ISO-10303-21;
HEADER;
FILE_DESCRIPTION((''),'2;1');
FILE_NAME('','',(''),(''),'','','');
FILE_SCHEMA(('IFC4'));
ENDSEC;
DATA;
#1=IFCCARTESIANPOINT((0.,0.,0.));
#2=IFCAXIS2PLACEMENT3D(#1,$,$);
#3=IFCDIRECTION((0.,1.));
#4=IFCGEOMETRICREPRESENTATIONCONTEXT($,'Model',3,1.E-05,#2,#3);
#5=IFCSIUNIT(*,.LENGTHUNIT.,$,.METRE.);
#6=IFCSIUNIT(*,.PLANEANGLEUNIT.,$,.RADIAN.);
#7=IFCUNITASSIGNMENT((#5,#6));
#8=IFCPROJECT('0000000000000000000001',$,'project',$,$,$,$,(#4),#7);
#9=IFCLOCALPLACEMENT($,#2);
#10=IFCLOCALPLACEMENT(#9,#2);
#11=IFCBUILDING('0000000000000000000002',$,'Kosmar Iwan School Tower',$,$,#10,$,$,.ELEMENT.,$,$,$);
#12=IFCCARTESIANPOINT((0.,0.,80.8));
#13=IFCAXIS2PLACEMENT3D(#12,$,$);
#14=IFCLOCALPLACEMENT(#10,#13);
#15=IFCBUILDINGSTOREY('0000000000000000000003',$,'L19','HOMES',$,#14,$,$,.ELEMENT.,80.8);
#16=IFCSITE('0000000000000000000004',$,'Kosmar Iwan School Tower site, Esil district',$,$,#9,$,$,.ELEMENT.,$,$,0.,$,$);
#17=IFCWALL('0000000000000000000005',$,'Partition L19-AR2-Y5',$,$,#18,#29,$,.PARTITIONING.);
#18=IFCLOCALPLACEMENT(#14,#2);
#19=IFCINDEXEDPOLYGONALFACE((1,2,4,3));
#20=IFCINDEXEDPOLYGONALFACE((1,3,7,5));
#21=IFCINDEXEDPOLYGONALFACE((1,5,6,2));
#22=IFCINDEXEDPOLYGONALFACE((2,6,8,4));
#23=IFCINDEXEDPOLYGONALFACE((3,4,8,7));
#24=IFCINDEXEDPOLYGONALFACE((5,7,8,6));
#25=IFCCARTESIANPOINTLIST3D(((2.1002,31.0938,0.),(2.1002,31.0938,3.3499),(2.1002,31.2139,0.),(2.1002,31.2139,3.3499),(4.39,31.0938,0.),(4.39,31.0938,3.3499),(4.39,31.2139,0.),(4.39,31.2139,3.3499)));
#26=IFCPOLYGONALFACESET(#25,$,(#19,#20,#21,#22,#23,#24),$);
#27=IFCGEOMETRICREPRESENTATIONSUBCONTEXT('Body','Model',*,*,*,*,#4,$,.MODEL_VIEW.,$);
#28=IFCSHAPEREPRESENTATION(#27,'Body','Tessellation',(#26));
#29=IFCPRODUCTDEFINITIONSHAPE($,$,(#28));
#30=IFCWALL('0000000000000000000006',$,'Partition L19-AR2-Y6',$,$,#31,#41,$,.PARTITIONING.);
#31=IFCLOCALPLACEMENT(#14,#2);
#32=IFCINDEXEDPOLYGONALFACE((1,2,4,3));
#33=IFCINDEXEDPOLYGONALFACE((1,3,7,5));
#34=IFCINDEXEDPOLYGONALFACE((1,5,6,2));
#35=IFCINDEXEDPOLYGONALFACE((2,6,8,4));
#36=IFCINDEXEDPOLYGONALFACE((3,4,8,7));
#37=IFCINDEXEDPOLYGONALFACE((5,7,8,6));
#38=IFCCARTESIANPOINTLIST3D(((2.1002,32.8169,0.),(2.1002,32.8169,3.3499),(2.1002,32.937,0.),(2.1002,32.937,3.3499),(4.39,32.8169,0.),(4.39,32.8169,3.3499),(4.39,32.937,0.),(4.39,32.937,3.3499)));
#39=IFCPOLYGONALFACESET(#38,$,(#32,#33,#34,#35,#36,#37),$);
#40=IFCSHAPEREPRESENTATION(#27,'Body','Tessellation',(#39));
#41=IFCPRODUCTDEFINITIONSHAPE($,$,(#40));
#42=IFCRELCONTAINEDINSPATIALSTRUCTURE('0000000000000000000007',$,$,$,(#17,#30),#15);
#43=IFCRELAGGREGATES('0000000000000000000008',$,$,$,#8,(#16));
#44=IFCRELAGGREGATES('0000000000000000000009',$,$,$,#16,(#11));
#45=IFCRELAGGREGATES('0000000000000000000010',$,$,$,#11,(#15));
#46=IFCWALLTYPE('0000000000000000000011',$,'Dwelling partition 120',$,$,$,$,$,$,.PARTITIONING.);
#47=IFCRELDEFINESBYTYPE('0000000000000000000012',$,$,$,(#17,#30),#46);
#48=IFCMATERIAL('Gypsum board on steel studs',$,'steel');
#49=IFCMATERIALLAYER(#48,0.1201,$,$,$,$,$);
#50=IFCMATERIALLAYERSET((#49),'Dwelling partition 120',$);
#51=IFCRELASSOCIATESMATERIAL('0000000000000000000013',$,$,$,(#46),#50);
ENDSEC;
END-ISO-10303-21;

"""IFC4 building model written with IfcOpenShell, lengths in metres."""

from ifc_helpers import new_model, si_unit, direction, frame, frame_2d, origin, place, context, subcontext, project, spatial, rectangle, extrude, material, layer, layer_set, type_object, element, save


model = new_model("IFC4")

# Units and contexts
model_context = context("Model", 3, precision=1e-05, world=origin(), true_north=direction((0.0, 1.0)))
body_context = subcontext(model_context, "Body", "Model", "MODEL_VIEW")
ifc_project = project(units=[si_unit("LENGTHUNIT", "METRE"), si_unit("PLANEANGLEUNIT", "RADIAN")], contexts=[model_context])

# Site, building, storey
site_placement = place(None, origin())
site = spatial("IfcSite", under=ifc_project, at=site_placement, Name="Kosmar Iwan School Tower site, Esil district", CompositionType="ELEMENT", RefElevation=0.0)
building_placement = place(site_placement, origin())
building = spatial("IfcBuilding", under=site, at=building_placement, Name="Kosmar Iwan School Tower", CompositionType="ELEMENT")
storey_placement = place(building_placement, frame((0.0, 0.0, 80.8)))
storey = spatial("IfcBuildingStorey", under=building, at=storey_placement, Name="L19", Description="HOMES", CompositionType="ELEMENT", Elevation=80.8)

# Walls
ifc_material_1 = material(Name="Gypsum board on steel studs", Category="steel")
ifc_layer_1 = layer(ifc_material_1, 0.1201)
ifc_layer_set_1 = layer_set([ifc_layer_1], Name="Dwelling partition 120")
wall_type = type_object("IfcWallType", Name="Dwelling partition 120", PredefinedType="PARTITIONING", material=ifc_layer_set_1)
for number, where, z_axis, x_axis, name in (
    (1, (2.1001, 31.1538, 0.0), (0.0, 0.0, 1.0), (1.0, 0.0, 0.0), "Partition L19-AR2-Y5"),
    (2, (2.1001, 32.877, 0.0), (0.0, 0.0, 1.0), (1.0, 0.0, 0.0), "Partition L19-AR2-Y6"),
):
    element("IfcWall", number, at=place(storey_placement, frame(where, z_axis=z_axis, x_axis=x_axis)), inside=storey, type_object=wall_type, Name=name, PredefinedType="PARTITIONING", context=body_context, shape_type="SweptSolid", body=[
        extrude(rectangle(XDim=2.2898, YDim=0.1201, at=frame_2d((1.145, 0.0))), origin(), (0.0, 0.0, 1.0), 3.3499),
    ])

save(model, "model.ifc")
